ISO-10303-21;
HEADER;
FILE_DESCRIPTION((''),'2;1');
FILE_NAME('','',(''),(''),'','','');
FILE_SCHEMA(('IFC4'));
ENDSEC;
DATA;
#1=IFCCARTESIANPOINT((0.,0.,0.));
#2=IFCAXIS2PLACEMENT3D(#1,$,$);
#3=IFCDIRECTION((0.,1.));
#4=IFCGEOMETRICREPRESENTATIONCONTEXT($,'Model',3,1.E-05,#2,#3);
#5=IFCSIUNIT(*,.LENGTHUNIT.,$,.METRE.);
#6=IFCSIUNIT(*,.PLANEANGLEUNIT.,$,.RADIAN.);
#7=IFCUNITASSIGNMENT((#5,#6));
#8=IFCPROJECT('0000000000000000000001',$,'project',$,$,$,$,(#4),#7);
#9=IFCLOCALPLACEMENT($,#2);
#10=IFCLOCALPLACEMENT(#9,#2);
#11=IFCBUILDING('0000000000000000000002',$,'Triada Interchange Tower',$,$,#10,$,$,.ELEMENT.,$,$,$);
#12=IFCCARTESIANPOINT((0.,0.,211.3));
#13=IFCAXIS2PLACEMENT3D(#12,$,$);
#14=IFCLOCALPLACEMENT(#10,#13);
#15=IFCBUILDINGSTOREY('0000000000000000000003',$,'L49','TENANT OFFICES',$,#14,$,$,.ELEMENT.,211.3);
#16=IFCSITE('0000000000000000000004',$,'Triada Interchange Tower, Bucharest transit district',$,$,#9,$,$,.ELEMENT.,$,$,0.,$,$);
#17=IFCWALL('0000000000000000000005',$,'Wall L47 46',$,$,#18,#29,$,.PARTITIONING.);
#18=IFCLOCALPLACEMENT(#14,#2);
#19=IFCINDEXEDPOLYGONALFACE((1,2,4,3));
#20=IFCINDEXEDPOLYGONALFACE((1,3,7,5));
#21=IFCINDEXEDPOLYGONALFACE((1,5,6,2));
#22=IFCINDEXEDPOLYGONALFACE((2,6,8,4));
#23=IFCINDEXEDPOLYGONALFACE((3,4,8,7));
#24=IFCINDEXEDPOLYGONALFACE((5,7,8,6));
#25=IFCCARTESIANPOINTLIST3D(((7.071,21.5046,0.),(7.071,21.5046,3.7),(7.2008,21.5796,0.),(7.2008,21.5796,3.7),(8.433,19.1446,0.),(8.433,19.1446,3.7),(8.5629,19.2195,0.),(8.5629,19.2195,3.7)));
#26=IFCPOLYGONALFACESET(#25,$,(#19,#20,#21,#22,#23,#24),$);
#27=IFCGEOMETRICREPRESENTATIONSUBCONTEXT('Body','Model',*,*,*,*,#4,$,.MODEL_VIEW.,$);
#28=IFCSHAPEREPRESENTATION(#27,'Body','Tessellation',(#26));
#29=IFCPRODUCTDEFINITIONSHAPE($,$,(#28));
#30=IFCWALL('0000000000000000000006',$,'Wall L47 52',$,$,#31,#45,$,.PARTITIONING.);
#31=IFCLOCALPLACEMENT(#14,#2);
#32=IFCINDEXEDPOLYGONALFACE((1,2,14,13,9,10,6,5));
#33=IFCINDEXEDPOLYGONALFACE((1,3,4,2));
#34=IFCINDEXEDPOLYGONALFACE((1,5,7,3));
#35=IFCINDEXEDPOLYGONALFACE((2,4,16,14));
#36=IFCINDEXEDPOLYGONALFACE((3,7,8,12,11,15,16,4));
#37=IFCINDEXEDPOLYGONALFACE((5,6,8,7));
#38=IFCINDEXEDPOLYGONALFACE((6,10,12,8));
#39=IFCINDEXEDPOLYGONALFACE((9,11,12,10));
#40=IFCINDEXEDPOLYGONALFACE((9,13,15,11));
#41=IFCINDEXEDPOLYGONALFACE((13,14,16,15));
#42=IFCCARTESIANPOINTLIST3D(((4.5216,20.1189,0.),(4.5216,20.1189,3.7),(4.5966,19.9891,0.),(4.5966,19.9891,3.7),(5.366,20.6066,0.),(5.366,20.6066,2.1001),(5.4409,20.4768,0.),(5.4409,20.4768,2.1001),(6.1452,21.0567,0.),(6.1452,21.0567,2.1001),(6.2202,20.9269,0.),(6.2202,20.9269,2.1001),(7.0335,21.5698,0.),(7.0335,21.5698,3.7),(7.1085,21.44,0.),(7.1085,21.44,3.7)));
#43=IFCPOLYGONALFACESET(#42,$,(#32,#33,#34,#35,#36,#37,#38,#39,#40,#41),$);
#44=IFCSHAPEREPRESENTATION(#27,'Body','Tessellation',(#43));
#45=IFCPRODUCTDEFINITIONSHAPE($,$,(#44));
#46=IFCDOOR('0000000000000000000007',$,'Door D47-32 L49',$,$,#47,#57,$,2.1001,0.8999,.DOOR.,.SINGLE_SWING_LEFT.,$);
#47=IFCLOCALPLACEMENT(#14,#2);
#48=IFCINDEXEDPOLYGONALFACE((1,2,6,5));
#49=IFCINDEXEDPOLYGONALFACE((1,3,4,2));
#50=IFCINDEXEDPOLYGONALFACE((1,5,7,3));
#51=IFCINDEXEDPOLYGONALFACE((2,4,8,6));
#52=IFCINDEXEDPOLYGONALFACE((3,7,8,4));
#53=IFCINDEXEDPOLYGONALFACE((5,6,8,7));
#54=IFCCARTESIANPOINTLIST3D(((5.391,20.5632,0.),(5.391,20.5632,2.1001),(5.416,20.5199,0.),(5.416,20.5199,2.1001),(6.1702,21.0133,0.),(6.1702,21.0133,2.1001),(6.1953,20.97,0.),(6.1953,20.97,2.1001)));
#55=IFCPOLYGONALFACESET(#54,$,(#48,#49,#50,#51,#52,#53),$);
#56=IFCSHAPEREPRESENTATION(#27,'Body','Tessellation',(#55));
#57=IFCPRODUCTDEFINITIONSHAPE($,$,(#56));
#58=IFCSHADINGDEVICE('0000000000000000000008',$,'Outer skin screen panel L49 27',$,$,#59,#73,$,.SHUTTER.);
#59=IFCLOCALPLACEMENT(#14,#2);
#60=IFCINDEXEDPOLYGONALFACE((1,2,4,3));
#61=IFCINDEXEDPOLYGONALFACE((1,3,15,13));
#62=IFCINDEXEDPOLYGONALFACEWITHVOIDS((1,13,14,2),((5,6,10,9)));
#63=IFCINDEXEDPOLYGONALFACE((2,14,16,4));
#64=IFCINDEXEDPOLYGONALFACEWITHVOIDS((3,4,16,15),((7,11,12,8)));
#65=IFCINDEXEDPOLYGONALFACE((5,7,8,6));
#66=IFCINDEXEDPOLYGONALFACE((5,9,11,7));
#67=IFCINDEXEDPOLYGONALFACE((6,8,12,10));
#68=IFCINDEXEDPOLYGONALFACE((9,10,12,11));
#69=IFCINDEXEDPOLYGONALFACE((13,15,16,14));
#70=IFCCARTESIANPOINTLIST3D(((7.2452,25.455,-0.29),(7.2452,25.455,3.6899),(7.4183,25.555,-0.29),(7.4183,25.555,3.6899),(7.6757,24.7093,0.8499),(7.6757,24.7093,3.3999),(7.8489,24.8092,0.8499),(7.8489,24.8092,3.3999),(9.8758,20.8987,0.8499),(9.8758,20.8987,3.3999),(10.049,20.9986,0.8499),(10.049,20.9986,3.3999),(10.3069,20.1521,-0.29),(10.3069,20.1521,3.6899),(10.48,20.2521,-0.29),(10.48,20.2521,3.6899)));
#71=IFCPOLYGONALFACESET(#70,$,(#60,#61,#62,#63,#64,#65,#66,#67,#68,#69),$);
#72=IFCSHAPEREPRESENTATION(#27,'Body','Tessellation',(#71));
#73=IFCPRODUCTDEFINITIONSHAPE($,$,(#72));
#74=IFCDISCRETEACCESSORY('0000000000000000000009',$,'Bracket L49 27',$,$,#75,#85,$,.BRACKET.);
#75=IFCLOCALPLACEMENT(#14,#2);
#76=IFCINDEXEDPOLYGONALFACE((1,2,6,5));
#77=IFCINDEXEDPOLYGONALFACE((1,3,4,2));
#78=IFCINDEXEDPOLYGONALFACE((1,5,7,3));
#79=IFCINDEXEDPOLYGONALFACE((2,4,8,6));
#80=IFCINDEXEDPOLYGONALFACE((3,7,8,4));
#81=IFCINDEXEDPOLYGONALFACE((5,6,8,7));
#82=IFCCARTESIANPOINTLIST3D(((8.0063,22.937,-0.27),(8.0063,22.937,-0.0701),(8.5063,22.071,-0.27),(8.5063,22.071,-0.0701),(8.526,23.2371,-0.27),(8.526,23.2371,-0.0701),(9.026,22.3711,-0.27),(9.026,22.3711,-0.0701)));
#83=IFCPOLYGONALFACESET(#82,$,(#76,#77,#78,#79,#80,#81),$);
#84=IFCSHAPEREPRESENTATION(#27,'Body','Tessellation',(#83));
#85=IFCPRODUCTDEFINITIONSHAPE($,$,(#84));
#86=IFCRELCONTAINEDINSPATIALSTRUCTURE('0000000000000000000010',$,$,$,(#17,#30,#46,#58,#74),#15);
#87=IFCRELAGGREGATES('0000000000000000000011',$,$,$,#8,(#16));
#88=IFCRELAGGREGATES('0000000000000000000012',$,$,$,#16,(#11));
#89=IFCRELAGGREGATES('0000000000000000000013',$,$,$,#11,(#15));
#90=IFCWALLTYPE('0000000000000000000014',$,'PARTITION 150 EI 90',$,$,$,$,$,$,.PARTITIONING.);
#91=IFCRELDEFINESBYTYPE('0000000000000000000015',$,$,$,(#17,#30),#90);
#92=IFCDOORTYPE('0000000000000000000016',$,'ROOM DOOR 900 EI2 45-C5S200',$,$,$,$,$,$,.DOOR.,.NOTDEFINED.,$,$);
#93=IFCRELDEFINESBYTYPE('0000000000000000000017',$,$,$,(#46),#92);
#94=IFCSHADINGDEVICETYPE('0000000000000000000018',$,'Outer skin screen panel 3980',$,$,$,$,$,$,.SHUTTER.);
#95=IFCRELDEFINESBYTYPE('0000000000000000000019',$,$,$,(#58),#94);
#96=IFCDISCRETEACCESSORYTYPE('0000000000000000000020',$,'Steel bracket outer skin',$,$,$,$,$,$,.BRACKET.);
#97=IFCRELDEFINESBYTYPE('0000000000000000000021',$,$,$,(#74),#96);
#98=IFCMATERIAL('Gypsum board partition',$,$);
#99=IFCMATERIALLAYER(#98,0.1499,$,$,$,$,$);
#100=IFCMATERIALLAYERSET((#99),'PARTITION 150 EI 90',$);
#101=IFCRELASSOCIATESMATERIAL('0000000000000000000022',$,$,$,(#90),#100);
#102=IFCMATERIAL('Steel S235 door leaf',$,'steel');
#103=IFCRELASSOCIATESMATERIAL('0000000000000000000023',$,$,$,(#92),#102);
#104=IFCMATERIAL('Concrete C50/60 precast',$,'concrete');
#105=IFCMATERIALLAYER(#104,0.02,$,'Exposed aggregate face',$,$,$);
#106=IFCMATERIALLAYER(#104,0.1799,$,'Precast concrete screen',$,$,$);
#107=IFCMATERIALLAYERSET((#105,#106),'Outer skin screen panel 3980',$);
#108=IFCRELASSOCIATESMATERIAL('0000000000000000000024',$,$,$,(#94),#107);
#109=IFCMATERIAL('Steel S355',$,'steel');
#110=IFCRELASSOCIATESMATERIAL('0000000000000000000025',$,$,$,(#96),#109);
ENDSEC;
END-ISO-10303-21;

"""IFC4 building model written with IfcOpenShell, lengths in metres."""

from ifc_helpers import new_model, si_unit, direction, frame, frame_2d, origin, origin_2d, place, context, subcontext, project, spatial, polyline, rectangle, outline, extrude, material, layer, layer_set, type_object, element, fill, save


model = new_model("IFC4")

# Units and contexts
model_context = context("Model", 3, precision=1e-05, world=origin(), true_north=direction((0.0, 1.0)))
body_context = subcontext(model_context, "Body", "Model", "MODEL_VIEW")
ifc_project = project(units=[si_unit("LENGTHUNIT", "METRE"), si_unit("PLANEANGLEUNIT", "RADIAN")], contexts=[model_context])

# Site, building, storey
site_placement = place(None, origin())
site = spatial("IfcSite", under=ifc_project, at=site_placement, Name="Triada Interchange Tower, Bucharest transit district", CompositionType="ELEMENT", RefElevation=0.0)
building_placement = place(site_placement, origin())
building = spatial("IfcBuilding", under=site, at=building_placement, Name="Triada Interchange Tower", CompositionType="ELEMENT")
storey_placement = place(building_placement, frame((0.0, 0.0, 211.3)))
storey = spatial("IfcBuildingStorey", under=building, at=storey_placement, Name="L49", Description="TENANT OFFICES", CompositionType="ELEMENT", Elevation=211.3)

# Shared definitions
ifc_material_1 = material(Name="Gypsum board partition")

# Shared definitions
ifc_material_2 = material(Name="Steel S235 door leaf", Category="steel")

# Wall
ifc_layer_1 = layer(ifc_material_1, 0.1499)
ifc_layer_set_1 = layer_set([ifc_layer_1], Name="PARTITION 150 EI 90")
wall_type_1 = type_object("IfcWallType", Name="PARTITION 150 EI 90", PredefinedType="PARTITIONING", material=ifc_layer_set_1)
wall_1_placement = place(storey_placement, frame((7.136, 21.542, 0.0), z_axis=(0.0, 0.0, 1.0), x_axis=(0.499849, -0.866112, 0.0)))
element("IfcWall", 1, at=wall_1_placement, inside=storey, type_object=wall_type_1, Name="Wall L47 46", PredefinedType="PARTITIONING", context=body_context, shape_type="SweptSolid", body=[
    extrude(rectangle(XDim=2.7249, YDim=0.1499, at=frame_2d((1.3623, 0.0))), origin(), (0.0, 0.0, 1.0), 3.7),
])

# Wall, opening, door
wall_2_placement = place(storey_placement, frame((4.5591, 20.054, 0.0), z_axis=(0.0, 0.0, 1.0), x_axis=(0.865929, 0.500167, 0.0)))
wall_2 = element("IfcWall", 2, at=wall_2_placement, inside=storey, type_object=wall_type_1, Name="Wall L47 52", PredefinedType="PARTITIONING", context=body_context, shape_type="SweptSolid", body=[
    extrude(rectangle(XDim=2.9009, YDim=0.1499, at=frame_2d((1.4504, 0.0))), origin(), (0.0, 0.0, 1.0), 3.7),
])
opening_1_placement = place(wall_2_placement, frame((0.9751, 0.0, 0.0)))
opening_1 = element("IfcOpeningElement", 3, at=opening_1_placement, cuts=wall_2, PredefinedType="OPENING", context=body_context, shape_type="SweptSolid", body=[
    extrude(rectangle(XDim=0.8999, YDim=2.1001, at=frame_2d((0.45, 1.05))), frame((0.0, 0.085, 0.0), z_axis=(0.0, -1.0, 0.0), x_axis=(1.0, 0.0, 0.0)), (0.0, 0.0, 1.0), 0.1699),
])
door_type_1 = type_object("IfcDoorType", Name="ROOM DOOR 900 EI2 45-C5S200", OperationType="NOTDEFINED", PredefinedType="DOOR", material=ifc_material_2)
door_1_placement = place(opening_1_placement, origin())
door_1 = element("IfcDoor", 4, at=door_1_placement, inside=storey, type_object=door_type_1, Name="Door D47-32 L49", OperationType="SINGLE_SWING_LEFT", OverallHeight=2.1001, OverallWidth=0.8999, PredefinedType="DOOR", context=body_context, shape_type="SweptSolid", body=[
    extrude(rectangle(XDim=0.8999, YDim=2.1001, at=frame_2d((0.45, 1.05))), frame((0.0, 0.0249, 0.0), z_axis=(0.0, -1.0, 0.0), x_axis=(1.0, 0.0, 0.0)), (0.0, 0.0, 1.0), 0.05),
])
fill(opening_1, door_1)

# Shading device
ifc_material_3 = material(Name="Concrete C50/60 precast", Category="concrete")
ifc_layer_2 = layer(ifc_material_3, 0.02, Name="Exposed aggregate face")
ifc_layer_3 = layer(ifc_material_3, 0.1799, Name="Precast concrete screen")
ifc_layer_set_2 = layer_set([ifc_layer_2, ifc_layer_3], Name="Outer skin screen panel 3980")
shading_device_type = type_object("IfcShadingDeviceType", Name="Outer skin screen panel 3980", PredefinedType="SHUTTER", material=ifc_layer_set_2)
shading_device_placement = place(storey_placement, frame((10.3069, 20.1521, -0.29), z_axis=(0.0, 0.0, 1.0), x_axis=(-0.500011, 0.866019, 0.0)))
element("IfcShadingDevice", 5, at=shading_device_placement, inside=storey, type_object=shading_device_type, Name="Outer skin screen panel L49 27", PredefinedType="SHUTTER", context=body_context, shape_type="SweptSolid", body=[
    extrude(outline(polyline([(0.0, 0.0), (6.1233, 0.0), (6.1233, 3.98), (0.0, 3.98), (0.0, 0.0)]), holes=[polyline([(0.8621, 1.1399), (0.8621, 3.6899), (5.2622, 3.6899), (5.2622, 1.1399), (0.8621, 1.1399)])]), frame((0.0, 0.0, 0.0), z_axis=(0.0, -1.0, 0.0), x_axis=(1.0, 0.0, 0.0)), (0.0, 0.0, 1.0), 0.2),
])

# Discrete accessory
ifc_material_4 = material(Name="Steel S355", Category="steel")
discrete_accessory_type = type_object("IfcDiscreteAccessoryType", Name="Steel bracket outer skin", PredefinedType="BRACKET", material=ifc_material_4)
discrete_accessory_placement = place(storey_placement, frame((8.5161, 22.6541, -0.27), z_axis=(0.0, 0.0, 1.0), x_axis=(0.866021, 0.500007, 0.0)))
element("IfcDiscreteAccessory", 6, at=discrete_accessory_placement, inside=storey, type_object=discrete_accessory_type, Name="Bracket L49 27", PredefinedType="BRACKET", context=body_context, shape_type="SweptSolid", body=[
    extrude(rectangle(XDim=0.6001, YDim=1.0, at=origin_2d()), origin(), (0.0, 0.0, 1.0), 0.2),
])

save(model, "model.ifc")
